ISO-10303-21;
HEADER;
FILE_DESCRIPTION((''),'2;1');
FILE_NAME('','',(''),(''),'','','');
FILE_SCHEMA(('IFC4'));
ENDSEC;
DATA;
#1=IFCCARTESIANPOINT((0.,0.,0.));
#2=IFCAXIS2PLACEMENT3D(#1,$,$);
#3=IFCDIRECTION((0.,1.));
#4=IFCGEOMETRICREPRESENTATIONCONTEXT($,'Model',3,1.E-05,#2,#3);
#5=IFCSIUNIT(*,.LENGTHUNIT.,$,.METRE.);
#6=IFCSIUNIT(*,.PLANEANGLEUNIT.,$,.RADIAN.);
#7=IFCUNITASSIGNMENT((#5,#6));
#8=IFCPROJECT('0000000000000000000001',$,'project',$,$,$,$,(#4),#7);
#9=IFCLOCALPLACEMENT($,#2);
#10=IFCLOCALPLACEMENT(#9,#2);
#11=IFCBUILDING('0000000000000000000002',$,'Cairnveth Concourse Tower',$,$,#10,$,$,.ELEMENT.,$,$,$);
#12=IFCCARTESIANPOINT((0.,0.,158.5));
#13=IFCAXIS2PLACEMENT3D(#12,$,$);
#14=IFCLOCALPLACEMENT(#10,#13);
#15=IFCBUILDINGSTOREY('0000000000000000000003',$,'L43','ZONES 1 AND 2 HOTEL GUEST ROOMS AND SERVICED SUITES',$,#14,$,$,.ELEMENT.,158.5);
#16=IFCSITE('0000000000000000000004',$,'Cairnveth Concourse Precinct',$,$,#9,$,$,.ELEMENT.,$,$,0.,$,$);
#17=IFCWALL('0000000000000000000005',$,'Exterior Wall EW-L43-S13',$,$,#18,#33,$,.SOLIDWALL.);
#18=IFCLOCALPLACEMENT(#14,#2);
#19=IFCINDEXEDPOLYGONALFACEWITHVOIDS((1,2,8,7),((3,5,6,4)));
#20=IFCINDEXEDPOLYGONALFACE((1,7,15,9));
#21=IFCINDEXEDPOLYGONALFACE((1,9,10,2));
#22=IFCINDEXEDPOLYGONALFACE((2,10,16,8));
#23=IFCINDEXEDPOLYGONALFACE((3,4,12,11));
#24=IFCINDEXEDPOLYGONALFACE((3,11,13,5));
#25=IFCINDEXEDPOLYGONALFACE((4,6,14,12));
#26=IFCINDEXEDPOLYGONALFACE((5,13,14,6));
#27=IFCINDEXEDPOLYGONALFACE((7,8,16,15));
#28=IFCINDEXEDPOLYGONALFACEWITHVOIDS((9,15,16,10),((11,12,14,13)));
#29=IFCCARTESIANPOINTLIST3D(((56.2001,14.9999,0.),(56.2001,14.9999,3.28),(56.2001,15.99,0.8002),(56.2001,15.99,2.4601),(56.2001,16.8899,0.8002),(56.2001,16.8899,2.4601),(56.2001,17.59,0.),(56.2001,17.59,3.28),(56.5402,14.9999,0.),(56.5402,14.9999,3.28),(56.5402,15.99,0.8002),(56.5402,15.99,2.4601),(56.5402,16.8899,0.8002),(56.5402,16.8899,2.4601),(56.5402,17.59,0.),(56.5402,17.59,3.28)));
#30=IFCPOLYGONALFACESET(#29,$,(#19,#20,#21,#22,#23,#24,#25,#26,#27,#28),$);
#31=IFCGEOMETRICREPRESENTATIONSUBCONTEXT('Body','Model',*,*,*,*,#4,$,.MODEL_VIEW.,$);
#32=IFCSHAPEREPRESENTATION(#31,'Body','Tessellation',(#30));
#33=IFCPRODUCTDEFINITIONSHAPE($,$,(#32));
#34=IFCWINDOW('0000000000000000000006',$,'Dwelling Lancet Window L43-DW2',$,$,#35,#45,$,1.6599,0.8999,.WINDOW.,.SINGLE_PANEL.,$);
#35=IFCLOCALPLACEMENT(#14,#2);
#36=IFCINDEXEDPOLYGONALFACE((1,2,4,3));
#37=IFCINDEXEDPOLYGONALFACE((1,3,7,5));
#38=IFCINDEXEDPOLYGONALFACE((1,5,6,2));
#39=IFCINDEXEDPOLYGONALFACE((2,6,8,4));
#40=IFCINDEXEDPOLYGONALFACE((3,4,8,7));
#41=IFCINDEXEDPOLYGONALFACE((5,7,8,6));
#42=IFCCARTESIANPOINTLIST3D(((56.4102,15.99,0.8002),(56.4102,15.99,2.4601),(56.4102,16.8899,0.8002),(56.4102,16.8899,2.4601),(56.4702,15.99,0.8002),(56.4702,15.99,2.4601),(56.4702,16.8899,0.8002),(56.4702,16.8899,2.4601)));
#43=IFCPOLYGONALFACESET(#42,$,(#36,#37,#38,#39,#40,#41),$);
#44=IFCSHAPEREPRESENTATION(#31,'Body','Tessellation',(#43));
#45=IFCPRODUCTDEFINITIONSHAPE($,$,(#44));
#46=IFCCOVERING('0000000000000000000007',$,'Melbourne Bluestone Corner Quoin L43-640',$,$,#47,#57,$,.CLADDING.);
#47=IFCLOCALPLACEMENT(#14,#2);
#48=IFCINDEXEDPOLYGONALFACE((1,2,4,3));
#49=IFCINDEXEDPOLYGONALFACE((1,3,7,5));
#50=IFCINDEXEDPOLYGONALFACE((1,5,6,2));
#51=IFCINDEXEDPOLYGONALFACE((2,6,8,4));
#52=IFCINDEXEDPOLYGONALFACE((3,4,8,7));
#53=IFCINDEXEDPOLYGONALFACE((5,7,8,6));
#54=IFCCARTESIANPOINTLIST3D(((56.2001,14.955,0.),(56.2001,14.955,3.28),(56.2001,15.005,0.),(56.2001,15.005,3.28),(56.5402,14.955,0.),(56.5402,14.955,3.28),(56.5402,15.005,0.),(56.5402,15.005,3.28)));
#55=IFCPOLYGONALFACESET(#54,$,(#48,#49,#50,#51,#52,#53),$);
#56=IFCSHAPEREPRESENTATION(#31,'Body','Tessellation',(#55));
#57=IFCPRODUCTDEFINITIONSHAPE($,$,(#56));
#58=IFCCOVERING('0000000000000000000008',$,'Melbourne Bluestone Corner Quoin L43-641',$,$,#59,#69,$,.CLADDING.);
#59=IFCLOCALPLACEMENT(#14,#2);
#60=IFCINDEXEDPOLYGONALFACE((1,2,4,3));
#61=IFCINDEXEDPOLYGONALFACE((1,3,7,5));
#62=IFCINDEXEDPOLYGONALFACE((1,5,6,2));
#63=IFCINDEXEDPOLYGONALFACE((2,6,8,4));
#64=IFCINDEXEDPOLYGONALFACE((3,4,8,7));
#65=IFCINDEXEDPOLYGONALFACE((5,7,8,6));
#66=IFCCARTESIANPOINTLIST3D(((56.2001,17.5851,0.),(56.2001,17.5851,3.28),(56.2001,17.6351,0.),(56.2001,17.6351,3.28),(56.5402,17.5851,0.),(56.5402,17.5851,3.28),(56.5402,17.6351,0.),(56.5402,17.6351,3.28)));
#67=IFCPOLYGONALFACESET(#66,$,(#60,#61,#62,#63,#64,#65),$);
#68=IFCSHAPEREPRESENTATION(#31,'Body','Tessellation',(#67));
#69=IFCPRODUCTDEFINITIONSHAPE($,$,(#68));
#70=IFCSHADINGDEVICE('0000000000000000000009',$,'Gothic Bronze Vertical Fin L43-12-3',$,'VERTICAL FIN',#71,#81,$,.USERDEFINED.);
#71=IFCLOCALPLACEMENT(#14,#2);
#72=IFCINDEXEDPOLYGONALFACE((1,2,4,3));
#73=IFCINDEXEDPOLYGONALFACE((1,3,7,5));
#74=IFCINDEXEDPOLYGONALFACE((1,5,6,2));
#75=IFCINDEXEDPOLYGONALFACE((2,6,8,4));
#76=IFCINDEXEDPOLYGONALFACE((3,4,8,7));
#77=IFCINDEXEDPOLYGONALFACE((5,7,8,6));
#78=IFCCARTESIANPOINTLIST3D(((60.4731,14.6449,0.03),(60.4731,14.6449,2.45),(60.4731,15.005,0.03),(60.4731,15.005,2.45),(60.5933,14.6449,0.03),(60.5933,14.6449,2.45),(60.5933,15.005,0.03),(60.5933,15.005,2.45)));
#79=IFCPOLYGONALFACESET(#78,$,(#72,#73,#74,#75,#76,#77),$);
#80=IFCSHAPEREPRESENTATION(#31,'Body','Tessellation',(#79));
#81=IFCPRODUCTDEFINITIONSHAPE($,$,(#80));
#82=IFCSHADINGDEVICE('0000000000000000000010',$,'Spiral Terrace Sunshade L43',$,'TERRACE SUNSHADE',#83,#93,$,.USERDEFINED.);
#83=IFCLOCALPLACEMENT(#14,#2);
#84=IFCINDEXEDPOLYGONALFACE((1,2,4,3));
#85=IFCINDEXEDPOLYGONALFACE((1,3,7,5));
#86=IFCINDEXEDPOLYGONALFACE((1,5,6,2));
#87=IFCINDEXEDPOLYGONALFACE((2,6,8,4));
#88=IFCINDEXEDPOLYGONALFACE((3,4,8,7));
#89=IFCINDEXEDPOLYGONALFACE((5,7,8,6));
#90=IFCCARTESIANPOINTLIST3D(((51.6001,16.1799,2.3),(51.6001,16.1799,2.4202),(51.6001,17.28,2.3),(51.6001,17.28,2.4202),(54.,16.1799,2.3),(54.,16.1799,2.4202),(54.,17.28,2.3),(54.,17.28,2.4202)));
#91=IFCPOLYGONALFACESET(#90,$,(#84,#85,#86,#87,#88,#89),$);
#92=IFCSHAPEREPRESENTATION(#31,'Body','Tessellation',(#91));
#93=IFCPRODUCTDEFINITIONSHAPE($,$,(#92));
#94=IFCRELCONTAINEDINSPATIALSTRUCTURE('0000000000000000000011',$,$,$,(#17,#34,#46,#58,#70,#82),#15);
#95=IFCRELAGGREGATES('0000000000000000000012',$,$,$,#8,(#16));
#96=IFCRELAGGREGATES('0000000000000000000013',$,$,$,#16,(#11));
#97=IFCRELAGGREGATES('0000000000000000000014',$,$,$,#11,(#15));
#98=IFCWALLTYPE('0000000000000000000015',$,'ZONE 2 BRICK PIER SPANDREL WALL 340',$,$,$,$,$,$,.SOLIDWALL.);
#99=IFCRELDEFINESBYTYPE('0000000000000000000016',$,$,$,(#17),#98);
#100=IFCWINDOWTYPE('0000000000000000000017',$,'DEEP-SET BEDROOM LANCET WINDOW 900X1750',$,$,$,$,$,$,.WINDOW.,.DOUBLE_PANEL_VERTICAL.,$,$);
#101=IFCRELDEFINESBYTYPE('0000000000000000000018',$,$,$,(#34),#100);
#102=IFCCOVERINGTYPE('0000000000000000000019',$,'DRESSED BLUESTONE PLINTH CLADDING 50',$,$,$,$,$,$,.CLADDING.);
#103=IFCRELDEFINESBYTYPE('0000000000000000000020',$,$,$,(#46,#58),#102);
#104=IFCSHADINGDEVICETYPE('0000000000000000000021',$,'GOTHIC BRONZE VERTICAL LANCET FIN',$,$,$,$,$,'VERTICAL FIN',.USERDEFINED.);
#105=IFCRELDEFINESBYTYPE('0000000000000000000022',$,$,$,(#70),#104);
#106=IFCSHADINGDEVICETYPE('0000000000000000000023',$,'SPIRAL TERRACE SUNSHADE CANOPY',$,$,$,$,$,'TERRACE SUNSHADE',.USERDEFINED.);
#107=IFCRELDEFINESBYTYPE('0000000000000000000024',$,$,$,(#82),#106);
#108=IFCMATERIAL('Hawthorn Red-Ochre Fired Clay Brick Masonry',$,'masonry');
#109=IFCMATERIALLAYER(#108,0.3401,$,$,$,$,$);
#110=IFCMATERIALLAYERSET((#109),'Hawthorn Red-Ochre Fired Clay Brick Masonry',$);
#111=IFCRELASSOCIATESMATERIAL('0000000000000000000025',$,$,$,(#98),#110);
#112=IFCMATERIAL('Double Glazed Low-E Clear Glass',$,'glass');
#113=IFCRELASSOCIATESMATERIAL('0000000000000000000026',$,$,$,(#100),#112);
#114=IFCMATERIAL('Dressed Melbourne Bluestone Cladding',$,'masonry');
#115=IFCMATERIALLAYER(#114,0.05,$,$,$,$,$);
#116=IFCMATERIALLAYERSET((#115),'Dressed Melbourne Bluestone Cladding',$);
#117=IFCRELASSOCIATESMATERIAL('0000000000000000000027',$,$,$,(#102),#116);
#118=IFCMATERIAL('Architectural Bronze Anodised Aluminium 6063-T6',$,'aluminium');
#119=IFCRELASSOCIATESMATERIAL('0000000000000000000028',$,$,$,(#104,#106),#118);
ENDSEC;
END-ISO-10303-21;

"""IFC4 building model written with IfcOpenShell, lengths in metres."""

from ifc_helpers import new_model, si_unit, direction, frame, frame_2d, origin, origin_2d, place, context, subcontext, project, spatial, rectangle, extrude, material, layer, layer_set, type_object, element, fill, save


model = new_model("IFC4")

# Units and contexts
model_context = context("Model", 3, precision=1e-05, world=origin(), true_north=direction((0.0, 1.0)))
body_context = subcontext(model_context, "Body", "Model", "MODEL_VIEW")
ifc_project = project(units=[si_unit("LENGTHUNIT", "METRE"), si_unit("PLANEANGLEUNIT", "RADIAN")], contexts=[model_context])

# Site, building, storey
site_placement = place(None, origin())
site = spatial("IfcSite", under=ifc_project, at=site_placement, Name="Cairnveth Concourse Precinct", CompositionType="ELEMENT", RefElevation=0.0)
building_placement = place(site_placement, origin())
building = spatial("IfcBuilding", under=site, at=building_placement, Name="Cairnveth Concourse Tower", CompositionType="ELEMENT")
storey_placement = place(building_placement, frame((0.0, 0.0, 158.5)))
storey = spatial("IfcBuildingStorey", under=building, at=storey_placement, Name="L43", Description="ZONES 1 AND 2 HOTEL GUEST ROOMS AND SERVICED SUITES", CompositionType="ELEMENT", Elevation=158.5)

# Wall, opening, window
ifc_material_1 = material(Name="Hawthorn Red-Ochre Fired Clay Brick Masonry", Category="masonry")
ifc_layer_1 = layer(ifc_material_1, 0.3401)
ifc_layer_set_1 = layer_set([ifc_layer_1], Name="Hawthorn Red-Ochre Fired Clay Brick Masonry")
wall_type_1 = type_object("IfcWallType", Name="ZONE 2 BRICK PIER SPANDREL WALL 340", PredefinedType="SOLIDWALL", material=ifc_layer_set_1)
wall_1_placement = place(storey_placement, frame((56.3701, 15.0, 0.0), z_axis=(0.0, 0.0, 1.0), x_axis=(0.0, 1.0, 0.0)))
wall_1 = element("IfcWall", 1, at=wall_1_placement, inside=storey, type_object=wall_type_1, Name="Exterior Wall EW-L43-S13", PredefinedType="SOLIDWALL", context=body_context, shape_type="SweptSolid", body=[
    extrude(rectangle(XDim=2.5901, YDim=0.3401, at=frame_2d((1.2949, 0.0))), origin(), (0.0, 0.0, 1.0), 3.28),
])
opening_1_placement = place(wall_1_placement, frame((0.99, 0.0, 0.8)))
opening_1 = element("IfcOpeningElement", 2, at=opening_1_placement, cuts=wall_1, PredefinedType="OPENING", context=body_context, shape_type="SweptSolid", body=[
    extrude(rectangle(XDim=0.8999, YDim=1.6599, at=frame_2d((0.45, 0.8301))), frame((0.0, 0.1799, 0.0), z_axis=(0.0, -1.0, 0.0), x_axis=(1.0, 0.0, 0.0)), (0.0, 0.0, 1.0), 0.3601),
])
ifc_material_2 = material(Name="Double Glazed Low-E Clear Glass", Category="glass")
window_type = type_object("IfcWindowType", Name="DEEP-SET BEDROOM LANCET WINDOW 900X1750", PartitioningType="DOUBLE_PANEL_VERTICAL", PredefinedType="WINDOW", material=ifc_material_2)
window_placement = place(opening_1_placement, origin())
window = element("IfcWindow", 3, at=window_placement, inside=storey, type_object=window_type, Name="Dwelling Lancet Window L43-DW2", OverallHeight=1.6599, OverallWidth=0.8999, PartitioningType="SINGLE_PANEL", PredefinedType="WINDOW", context=body_context, shape_type="SweptSolid", body=[
    extrude(rectangle(XDim=0.8999, YDim=1.6599, at=frame_2d((0.45, 0.8301))), frame((0.0, -0.04, 0.0), z_axis=(0.0, -1.0, 0.0), x_axis=(1.0, 0.0, 0.0)), (0.0, 0.0, 1.0), 0.0601),
])
fill(opening_1, window)

# Shared definitions
ifc_material_3 = material(Name="Architectural Bronze Anodised Aluminium 6063-T6", Category="aluminium")

# Coverings
ifc_material_4 = material(Name="Dressed Melbourne Bluestone Cladding", Category="masonry")
ifc_layer_2 = layer(ifc_material_4, 0.05)
ifc_layer_set_2 = layer_set([ifc_layer_2], Name="Dressed Melbourne Bluestone Cladding")
covering_type = type_object("IfcCoveringType", Name="DRESSED BLUESTONE PLINTH CLADDING 50", PredefinedType="CLADDING", material=ifc_layer_set_2)
for number, where, z_axis, x_axis, name in (
    (4, (56.54, 14.98, 0.0), (0.0, 0.0, 1.0), (-1.0, 0.0, 0.0), "Melbourne Bluestone Corner Quoin L43-640"),
    (5, (56.54, 17.6101, 0.0), (0.0, 0.0, 1.0), (-1.0, 0.0, 0.0), "Melbourne Bluestone Corner Quoin L43-641"),
):
    element("IfcCovering", number, at=place(storey_placement, frame(where, z_axis=z_axis, x_axis=x_axis)), inside=storey, type_object=covering_type, Name=name, PredefinedType="CLADDING", context=body_context, shape_type="SweptSolid", body=[
        extrude(rectangle(XDim=0.3401, YDim=0.05, at=frame_2d((0.1699, 0.0))), origin(), (0.0, 0.0, 1.0), 3.28),
    ])

# Shading devices
shading_device_type_1 = type_object("IfcShadingDeviceType", Name="GOTHIC BRONZE VERTICAL LANCET FIN", ElementType="VERTICAL FIN", PredefinedType="USERDEFINED", material=ifc_material_3)
shading_device_1_placement = place(storey_placement, frame((60.5332, 14.825, 0.03), z_axis=(0.0, 0.0, 1.0), x_axis=(1.0, 0.0, 0.0)))
element("IfcShadingDevice", 6, at=shading_device_1_placement, inside=storey, type_object=shading_device_type_1, Name="Gothic Bronze Vertical Fin L43-12-3", ObjectType="VERTICAL FIN", PredefinedType="USERDEFINED", context=body_context, shape_type="SweptSolid", body=[
    extrude(rectangle(XDim=0.1201, YDim=0.3601, at=origin_2d()), origin(), (0.0, 0.0, 1.0), 2.4199),
])
shading_device_type_2 = type_object("IfcShadingDeviceType", Name="SPIRAL TERRACE SUNSHADE CANOPY", ElementType="TERRACE SUNSHADE", PredefinedType="USERDEFINED", material=ifc_material_3)
shading_device_2_placement = place(storey_placement, frame((52.8, 16.73, 2.3), z_axis=(0.0, 0.0, 1.0), x_axis=(1.0, 0.0, 0.0)))
element("IfcShadingDevice", 7, at=shading_device_2_placement, inside=storey, type_object=shading_device_type_2, Name="Spiral Terrace Sunshade L43", ObjectType="TERRACE SUNSHADE", PredefinedType="USERDEFINED", context=body_context, shape_type="SweptSolid", body=[
    extrude(rectangle(XDim=2.3999, YDim=1.1001, at=origin_2d()), origin(), (0.0, 0.0, 1.0), 0.1201),
])

save(model, "model.ifc")
